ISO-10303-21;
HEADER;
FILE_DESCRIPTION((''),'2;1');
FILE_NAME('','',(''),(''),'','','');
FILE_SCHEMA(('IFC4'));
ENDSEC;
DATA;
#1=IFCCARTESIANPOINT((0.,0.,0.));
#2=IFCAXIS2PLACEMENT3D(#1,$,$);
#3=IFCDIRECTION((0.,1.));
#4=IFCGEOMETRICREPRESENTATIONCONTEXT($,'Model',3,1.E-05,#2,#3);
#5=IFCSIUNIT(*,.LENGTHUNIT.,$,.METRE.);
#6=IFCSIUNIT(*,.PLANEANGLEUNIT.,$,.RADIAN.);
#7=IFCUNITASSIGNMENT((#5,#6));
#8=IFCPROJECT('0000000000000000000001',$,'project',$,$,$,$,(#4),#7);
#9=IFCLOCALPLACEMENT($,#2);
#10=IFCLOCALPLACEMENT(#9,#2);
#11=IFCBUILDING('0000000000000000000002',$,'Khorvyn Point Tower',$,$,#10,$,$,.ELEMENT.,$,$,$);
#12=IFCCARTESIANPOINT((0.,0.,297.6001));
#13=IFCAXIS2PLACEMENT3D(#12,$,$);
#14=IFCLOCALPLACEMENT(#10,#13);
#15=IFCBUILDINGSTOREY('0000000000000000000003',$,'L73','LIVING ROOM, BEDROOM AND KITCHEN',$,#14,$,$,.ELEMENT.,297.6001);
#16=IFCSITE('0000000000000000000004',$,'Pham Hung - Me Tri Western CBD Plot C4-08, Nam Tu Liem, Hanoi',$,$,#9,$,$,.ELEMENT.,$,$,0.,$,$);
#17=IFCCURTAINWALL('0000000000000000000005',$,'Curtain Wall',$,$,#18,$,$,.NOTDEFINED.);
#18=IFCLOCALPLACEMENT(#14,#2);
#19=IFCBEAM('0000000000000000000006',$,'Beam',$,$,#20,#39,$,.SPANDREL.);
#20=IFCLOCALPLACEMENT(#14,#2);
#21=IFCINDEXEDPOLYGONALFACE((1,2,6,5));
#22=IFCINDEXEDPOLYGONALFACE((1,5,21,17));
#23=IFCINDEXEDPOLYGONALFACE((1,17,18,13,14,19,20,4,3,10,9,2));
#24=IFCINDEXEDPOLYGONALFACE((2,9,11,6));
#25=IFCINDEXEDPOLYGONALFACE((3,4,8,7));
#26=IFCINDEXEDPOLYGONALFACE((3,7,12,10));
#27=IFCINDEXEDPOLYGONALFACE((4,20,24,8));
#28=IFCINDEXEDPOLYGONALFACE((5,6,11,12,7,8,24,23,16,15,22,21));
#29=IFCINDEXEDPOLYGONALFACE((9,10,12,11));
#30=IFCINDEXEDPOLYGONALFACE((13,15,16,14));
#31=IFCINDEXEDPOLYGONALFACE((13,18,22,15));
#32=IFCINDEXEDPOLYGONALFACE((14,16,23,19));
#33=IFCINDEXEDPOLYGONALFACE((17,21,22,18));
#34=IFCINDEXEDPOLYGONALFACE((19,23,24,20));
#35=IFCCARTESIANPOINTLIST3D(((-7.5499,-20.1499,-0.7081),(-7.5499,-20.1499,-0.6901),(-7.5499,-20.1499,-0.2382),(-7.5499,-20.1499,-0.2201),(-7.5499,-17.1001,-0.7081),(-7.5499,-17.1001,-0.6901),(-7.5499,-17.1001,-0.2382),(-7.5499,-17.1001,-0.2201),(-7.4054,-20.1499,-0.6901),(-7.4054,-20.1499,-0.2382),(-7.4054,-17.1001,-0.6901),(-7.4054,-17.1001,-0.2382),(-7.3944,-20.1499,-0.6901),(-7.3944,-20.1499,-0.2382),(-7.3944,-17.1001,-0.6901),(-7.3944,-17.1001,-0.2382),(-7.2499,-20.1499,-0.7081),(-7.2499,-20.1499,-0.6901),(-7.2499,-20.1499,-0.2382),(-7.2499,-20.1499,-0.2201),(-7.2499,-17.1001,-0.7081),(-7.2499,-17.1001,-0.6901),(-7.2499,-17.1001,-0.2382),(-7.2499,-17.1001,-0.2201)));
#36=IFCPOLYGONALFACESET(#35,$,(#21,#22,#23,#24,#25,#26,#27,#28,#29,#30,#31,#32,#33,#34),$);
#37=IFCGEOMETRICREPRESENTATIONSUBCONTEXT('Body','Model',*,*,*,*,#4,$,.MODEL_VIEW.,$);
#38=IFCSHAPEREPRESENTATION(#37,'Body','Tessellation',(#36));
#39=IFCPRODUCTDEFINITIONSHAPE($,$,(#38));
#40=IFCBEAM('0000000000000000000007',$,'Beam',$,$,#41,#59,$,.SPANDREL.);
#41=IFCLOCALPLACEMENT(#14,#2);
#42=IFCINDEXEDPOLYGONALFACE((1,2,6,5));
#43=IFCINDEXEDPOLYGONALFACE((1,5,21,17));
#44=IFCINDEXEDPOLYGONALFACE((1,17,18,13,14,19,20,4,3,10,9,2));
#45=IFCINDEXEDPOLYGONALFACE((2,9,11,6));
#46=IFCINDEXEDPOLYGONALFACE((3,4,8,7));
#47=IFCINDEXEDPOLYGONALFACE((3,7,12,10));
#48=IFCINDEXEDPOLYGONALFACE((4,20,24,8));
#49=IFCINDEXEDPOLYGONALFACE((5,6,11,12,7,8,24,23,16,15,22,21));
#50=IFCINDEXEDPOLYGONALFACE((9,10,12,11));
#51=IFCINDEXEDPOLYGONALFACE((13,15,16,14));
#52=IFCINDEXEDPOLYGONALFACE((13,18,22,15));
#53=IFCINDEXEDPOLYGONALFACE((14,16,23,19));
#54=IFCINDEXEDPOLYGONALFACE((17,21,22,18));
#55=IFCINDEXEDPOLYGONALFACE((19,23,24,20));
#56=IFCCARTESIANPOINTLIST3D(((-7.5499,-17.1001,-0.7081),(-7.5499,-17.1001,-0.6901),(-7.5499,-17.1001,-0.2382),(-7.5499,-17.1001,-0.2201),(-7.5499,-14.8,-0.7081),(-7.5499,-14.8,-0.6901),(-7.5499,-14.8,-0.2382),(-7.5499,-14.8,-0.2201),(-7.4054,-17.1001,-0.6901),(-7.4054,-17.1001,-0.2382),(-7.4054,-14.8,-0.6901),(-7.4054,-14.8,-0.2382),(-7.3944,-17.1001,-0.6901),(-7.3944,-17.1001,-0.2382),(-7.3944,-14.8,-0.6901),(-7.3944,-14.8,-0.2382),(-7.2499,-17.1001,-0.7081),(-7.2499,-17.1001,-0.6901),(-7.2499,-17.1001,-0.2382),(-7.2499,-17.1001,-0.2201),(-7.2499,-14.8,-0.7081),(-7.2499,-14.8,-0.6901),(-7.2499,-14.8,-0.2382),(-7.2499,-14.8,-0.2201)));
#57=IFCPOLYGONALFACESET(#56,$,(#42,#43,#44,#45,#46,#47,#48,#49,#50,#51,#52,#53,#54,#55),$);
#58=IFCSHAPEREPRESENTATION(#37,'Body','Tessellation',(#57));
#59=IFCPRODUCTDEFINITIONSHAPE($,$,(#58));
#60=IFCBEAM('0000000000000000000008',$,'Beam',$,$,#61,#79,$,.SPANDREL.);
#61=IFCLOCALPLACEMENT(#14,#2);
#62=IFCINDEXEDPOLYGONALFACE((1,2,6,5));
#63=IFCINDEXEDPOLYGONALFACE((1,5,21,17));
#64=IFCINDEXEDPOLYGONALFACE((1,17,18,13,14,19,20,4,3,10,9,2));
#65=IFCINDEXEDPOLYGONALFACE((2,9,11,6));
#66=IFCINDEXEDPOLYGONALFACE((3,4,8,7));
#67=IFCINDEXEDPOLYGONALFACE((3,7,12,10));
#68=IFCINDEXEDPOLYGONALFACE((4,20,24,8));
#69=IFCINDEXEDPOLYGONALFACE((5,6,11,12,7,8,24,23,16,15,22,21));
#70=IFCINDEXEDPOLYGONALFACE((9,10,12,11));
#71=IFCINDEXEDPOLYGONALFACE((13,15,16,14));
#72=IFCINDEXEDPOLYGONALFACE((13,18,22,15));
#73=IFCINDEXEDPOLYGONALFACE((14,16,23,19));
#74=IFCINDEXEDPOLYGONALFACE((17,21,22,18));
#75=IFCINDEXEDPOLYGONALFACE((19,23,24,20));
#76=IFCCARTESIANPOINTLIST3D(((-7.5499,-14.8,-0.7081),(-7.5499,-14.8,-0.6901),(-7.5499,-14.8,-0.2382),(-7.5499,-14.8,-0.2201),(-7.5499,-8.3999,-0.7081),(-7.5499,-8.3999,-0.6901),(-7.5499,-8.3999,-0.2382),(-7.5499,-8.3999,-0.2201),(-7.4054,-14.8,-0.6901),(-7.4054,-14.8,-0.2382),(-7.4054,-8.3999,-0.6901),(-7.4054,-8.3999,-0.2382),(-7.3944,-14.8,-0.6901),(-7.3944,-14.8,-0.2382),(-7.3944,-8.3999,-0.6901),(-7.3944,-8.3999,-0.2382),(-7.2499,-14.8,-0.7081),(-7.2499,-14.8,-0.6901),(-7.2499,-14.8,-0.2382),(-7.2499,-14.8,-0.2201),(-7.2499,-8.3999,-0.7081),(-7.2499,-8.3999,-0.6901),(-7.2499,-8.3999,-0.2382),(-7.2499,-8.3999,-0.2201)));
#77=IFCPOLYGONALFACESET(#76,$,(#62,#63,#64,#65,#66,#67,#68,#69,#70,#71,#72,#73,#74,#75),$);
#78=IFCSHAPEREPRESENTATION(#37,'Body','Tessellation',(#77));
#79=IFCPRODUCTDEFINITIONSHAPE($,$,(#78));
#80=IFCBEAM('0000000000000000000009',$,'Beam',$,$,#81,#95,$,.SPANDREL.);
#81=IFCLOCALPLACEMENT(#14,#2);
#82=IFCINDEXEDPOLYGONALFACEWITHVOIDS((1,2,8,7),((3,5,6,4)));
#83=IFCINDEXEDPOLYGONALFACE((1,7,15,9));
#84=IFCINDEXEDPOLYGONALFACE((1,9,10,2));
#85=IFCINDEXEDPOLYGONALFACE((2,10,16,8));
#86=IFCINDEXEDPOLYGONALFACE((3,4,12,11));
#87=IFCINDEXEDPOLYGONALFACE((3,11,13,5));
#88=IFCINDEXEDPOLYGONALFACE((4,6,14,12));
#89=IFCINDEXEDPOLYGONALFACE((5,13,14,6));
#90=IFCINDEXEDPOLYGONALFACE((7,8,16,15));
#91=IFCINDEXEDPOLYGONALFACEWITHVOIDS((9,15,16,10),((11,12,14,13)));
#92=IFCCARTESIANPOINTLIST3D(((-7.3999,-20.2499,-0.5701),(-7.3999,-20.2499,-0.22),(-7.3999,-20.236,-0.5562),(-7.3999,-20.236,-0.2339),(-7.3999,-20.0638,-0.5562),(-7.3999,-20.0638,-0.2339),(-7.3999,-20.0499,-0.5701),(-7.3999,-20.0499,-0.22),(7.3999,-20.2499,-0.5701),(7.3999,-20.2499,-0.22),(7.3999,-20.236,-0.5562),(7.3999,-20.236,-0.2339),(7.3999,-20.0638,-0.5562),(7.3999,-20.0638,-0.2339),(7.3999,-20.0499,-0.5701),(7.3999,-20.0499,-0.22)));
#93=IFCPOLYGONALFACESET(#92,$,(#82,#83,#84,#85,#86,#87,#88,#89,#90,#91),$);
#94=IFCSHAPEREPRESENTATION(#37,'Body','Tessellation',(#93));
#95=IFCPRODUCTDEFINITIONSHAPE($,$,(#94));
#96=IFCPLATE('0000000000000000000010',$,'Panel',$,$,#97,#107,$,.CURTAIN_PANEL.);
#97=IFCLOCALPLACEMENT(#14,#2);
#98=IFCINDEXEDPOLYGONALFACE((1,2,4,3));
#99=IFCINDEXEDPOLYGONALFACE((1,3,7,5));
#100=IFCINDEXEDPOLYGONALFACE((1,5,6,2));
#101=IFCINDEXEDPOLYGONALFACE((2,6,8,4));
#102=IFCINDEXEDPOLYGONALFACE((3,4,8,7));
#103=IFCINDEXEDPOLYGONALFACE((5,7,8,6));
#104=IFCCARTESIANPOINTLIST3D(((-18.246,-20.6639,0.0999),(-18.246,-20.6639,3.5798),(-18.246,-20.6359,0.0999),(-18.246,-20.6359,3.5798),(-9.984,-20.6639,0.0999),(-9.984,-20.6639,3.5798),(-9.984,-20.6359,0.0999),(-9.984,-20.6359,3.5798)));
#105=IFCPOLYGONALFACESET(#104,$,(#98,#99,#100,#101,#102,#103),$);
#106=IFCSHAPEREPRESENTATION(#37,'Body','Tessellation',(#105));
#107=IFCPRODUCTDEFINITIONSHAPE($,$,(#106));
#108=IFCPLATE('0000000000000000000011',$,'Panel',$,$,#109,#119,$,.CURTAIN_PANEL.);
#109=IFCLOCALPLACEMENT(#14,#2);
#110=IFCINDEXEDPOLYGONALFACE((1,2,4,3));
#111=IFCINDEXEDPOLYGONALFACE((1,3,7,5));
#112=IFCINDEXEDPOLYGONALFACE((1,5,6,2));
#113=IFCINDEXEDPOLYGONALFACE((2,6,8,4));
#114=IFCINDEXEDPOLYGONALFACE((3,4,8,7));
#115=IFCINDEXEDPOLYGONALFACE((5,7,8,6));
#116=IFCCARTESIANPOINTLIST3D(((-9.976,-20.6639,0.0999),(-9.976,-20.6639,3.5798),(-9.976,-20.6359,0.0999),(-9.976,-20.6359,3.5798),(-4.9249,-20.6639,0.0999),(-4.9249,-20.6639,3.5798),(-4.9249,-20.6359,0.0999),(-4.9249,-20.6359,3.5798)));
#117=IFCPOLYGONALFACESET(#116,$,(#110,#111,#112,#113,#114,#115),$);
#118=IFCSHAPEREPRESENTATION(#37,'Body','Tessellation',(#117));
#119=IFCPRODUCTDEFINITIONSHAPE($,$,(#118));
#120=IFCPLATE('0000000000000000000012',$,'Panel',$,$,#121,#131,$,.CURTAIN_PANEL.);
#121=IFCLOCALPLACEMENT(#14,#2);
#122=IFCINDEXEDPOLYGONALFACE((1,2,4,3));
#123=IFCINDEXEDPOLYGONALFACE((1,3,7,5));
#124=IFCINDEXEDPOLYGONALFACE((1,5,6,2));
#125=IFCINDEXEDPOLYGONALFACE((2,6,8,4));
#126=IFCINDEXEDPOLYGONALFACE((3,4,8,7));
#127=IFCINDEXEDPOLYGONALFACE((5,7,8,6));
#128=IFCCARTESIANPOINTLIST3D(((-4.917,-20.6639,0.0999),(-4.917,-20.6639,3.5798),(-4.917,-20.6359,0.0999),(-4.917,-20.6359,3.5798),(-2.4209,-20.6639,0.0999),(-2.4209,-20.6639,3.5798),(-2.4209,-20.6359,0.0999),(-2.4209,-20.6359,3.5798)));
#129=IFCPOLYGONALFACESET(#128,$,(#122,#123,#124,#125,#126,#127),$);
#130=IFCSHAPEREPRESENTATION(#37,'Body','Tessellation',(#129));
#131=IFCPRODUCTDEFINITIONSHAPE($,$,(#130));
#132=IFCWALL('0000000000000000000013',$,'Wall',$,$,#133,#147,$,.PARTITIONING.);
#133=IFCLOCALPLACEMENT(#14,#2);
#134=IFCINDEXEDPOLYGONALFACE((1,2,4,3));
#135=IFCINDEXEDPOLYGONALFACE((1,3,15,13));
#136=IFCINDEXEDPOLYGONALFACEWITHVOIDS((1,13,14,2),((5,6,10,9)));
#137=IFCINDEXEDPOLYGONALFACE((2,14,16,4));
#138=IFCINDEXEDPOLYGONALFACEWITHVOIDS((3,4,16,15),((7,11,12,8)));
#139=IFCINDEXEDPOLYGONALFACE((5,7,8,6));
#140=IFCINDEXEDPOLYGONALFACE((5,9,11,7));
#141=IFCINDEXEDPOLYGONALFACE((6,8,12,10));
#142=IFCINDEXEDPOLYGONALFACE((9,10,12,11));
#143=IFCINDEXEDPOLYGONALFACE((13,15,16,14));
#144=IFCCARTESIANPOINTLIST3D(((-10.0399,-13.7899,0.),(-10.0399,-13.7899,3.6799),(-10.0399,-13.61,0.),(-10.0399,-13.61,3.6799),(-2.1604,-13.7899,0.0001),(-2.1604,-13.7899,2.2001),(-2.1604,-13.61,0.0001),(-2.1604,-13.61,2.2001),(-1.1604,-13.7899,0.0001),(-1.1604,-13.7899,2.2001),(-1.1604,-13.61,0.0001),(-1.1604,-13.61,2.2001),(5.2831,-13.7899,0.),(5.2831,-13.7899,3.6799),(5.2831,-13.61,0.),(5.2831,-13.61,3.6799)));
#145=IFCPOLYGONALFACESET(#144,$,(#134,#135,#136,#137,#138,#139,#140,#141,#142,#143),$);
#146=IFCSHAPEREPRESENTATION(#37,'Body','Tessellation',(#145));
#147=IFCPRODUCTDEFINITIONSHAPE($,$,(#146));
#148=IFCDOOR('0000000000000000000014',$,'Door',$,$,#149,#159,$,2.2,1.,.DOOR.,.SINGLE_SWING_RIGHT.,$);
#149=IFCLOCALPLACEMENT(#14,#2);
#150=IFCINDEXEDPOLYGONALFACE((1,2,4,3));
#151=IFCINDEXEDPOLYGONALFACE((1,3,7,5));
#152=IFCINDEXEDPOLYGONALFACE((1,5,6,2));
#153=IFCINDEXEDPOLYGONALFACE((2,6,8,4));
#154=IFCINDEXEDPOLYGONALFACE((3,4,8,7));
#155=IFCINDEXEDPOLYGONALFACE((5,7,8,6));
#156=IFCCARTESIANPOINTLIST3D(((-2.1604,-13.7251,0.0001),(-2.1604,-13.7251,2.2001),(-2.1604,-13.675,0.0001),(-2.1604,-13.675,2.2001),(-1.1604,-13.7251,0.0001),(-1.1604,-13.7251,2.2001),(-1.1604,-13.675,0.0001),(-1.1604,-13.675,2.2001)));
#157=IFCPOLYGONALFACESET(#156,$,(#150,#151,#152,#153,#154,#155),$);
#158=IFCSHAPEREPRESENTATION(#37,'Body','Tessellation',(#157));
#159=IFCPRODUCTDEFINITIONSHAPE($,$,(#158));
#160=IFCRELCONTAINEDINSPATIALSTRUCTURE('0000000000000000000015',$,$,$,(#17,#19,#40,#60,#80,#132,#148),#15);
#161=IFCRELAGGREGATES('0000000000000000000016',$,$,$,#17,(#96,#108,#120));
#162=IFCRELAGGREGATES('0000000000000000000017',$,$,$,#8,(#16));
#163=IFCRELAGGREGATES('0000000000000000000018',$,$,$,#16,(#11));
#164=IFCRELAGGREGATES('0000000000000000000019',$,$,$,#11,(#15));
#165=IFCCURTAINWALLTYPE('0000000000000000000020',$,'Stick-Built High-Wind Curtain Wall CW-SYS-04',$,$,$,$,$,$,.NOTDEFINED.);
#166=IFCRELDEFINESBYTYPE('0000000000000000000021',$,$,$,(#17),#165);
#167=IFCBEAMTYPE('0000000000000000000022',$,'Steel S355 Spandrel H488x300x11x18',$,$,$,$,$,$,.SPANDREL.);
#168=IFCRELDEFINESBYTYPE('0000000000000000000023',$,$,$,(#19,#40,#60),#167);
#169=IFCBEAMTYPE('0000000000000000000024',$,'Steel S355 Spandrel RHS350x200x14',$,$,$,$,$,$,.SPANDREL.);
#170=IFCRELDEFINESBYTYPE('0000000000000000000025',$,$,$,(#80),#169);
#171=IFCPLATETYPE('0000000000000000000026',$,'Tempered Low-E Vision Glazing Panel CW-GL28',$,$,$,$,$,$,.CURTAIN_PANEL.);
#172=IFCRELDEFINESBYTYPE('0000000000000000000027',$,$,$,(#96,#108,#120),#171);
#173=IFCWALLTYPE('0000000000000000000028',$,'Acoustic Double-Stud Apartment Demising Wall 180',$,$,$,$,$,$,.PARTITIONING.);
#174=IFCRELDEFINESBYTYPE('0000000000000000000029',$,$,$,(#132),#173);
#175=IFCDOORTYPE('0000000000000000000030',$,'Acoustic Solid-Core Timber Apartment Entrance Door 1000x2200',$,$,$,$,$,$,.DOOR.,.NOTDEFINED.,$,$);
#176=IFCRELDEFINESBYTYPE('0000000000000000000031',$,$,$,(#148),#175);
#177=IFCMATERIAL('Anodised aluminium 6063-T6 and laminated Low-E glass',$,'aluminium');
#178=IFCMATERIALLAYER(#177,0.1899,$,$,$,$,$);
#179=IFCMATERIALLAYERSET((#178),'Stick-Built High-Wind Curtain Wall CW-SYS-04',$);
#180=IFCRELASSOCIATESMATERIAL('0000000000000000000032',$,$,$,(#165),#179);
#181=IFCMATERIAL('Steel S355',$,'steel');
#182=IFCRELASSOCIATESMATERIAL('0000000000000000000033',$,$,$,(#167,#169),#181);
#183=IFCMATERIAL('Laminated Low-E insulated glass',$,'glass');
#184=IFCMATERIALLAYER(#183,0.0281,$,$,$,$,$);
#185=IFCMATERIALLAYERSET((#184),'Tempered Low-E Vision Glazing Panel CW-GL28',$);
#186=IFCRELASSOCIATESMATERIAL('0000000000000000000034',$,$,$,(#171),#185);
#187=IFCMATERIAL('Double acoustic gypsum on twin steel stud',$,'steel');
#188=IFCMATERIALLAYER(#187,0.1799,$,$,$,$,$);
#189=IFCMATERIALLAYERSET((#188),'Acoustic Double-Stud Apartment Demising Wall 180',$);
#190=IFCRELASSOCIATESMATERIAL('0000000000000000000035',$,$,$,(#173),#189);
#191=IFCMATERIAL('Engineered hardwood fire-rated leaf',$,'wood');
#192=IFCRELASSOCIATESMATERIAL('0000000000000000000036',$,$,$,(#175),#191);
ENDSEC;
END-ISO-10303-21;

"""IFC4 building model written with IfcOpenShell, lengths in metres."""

from ifc_helpers import new_model, si_unit, direction, frame, frame_2d, origin, origin_2d, place, context, subcontext, project, spatial, rectangle, hollow_rectangle, i_section, extrude, material, layer, layer_set, material_profile, profile_set, type_object, element, fill, aggregate, save


model = new_model("IFC4")

# Units and contexts
model_context = context("Model", 3, precision=1e-05, world=origin(), true_north=direction((0.0, 1.0)))
body_context = subcontext(model_context, "Body", "Model", "MODEL_VIEW")
ifc_project = project(units=[si_unit("LENGTHUNIT", "METRE"), si_unit("PLANEANGLEUNIT", "RADIAN")], contexts=[model_context])

# Site, building, storey
site_placement = place(None, origin())
site = spatial("IfcSite", under=ifc_project, at=site_placement, Name="Pham Hung - Me Tri Western CBD Plot C4-08, Nam Tu Liem, Hanoi", CompositionType="ELEMENT", RefElevation=0.0)
building_placement = place(site_placement, origin())
building = spatial("IfcBuilding", under=site, at=building_placement, Name="Khorvyn Point Tower", CompositionType="ELEMENT")
storey_placement = place(building_placement, frame((0.0, 0.0, 297.6001)))
storey = spatial("IfcBuildingStorey", under=building, at=storey_placement, Name="L73", Description="LIVING ROOM, BEDROOM AND KITCHEN", CompositionType="ELEMENT", Elevation=297.6001)

# Shared definitions
ifc_material_1 = material(Name="Steel S355", Category="steel")

# Curtain wall
ifc_material_2 = material(Name="Anodised aluminium 6063-T6 and laminated Low-E glass", Category="aluminium")
ifc_layer_1 = layer(ifc_material_2, 0.1899)
ifc_layer_set_1 = layer_set([ifc_layer_1], Name="Stick-Built High-Wind Curtain Wall CW-SYS-04")
curtain_wall_type = type_object("IfcCurtainWallType", Name="Stick-Built High-Wind Curtain Wall CW-SYS-04", PredefinedType="NOTDEFINED", material=ifc_layer_set_1)
curtain_wall_placement = place(storey_placement, origin())
curtain_wall = element("IfcCurtainWall", 1, at=curtain_wall_placement, inside=storey, type_object=curtain_wall_type, Name="Curtain Wall", PredefinedType="NOTDEFINED")

# Beams
ifc_material_profile_1 = material_profile(ifc_material_1, i_section(OverallWidth=0.3, OverallDepth=0.488, WebThickness=0.011, FlangeThickness=0.0181, at=origin_2d()))
ifc_profile_set_1 = profile_set([ifc_material_profile_1], Name="Steel S355 H488x300x11x18")
beam_type_1 = type_object("IfcBeamType", Name="Steel S355 Spandrel H488x300x11x18", PredefinedType="SPANDREL", material=ifc_profile_set_1)
beam_1_placement = place(storey_placement, frame((-7.3999, -20.1499, -0.4641), z_axis=(0.0, 1.0, 0.0), x_axis=(-1.0, 0.0, 0.0)))
element("IfcBeam", 2, at=beam_1_placement, inside=storey, type_object=beam_type_1, Name="Beam", PredefinedType="SPANDREL", context=body_context, shape_type="SweptSolid", body=[
    extrude(i_section(OverallWidth=0.3, OverallDepth=0.488, WebThickness=0.011, FlangeThickness=0.0181, at=origin_2d()), origin(), (0.0, 0.0, 1.0), 3.0498),
])
beam_2_placement = place(storey_placement, frame((-7.3999, -17.1001, -0.4641), z_axis=(0.0, 1.0, 0.0), x_axis=(-1.0, 0.0, 0.0)))
element("IfcBeam", 3, at=beam_2_placement, inside=storey, type_object=beam_type_1, Name="Beam", PredefinedType="SPANDREL", context=body_context, shape_type="SweptSolid", body=[
    extrude(i_section(OverallWidth=0.3, OverallDepth=0.488, WebThickness=0.011, FlangeThickness=0.0181, at=origin_2d()), origin(), (0.0, 0.0, 1.0), 2.3),
])
beam_3_placement = place(storey_placement, frame((-7.3999, -14.8, -0.4641), z_axis=(0.0, 1.0, 0.0), x_axis=(-1.0, 0.0, 0.0)))
element("IfcBeam", 4, at=beam_3_placement, inside=storey, type_object=beam_type_1, Name="Beam", PredefinedType="SPANDREL", context=body_context, shape_type="SweptSolid", body=[
    extrude(i_section(OverallWidth=0.3, OverallDepth=0.488, WebThickness=0.011, FlangeThickness=0.0181, at=origin_2d()), origin(), (0.0, 0.0, 1.0), 6.4001),
])
ifc_material_profile_2 = material_profile(ifc_material_1, hollow_rectangle(XDim=0.2, YDim=0.3501, WallThickness=0.0139, at=origin_2d()))
ifc_profile_set_2 = profile_set([ifc_material_profile_2], Name="Steel S355 RHS350x200x14")
beam_type_2 = type_object("IfcBeamType", Name="Steel S355 Spandrel RHS350x200x14", PredefinedType="SPANDREL", material=ifc_profile_set_2)
beam_4_placement = place(storey_placement, frame((-7.3999, -20.1499, -0.395), z_axis=(1.0, 0.0, 0.0), x_axis=(0.0, 1.0, 0.0)))
element("IfcBeam", 5, at=beam_4_placement, inside=storey, type_object=beam_type_2, Name="Beam", PredefinedType="SPANDREL", context=body_context, shape_type="SweptSolid", body=[
    extrude(hollow_rectangle(XDim=0.2, YDim=0.3501, WallThickness=0.0139, at=origin_2d()), origin(), (0.0, 0.0, 1.0), 14.7998),
])

# Plates
ifc_material_3 = material(Name="Laminated Low-E insulated glass", Category="glass")
ifc_layer_2 = layer(ifc_material_3, 0.0281)
ifc_layer_set_2 = layer_set([ifc_layer_2], Name="Tempered Low-E Vision Glazing Panel CW-GL28")
plate_type = type_object("IfcPlateType", Name="Tempered Low-E Vision Glazing Panel CW-GL28", PredefinedType="CURTAIN_PANEL", material=ifc_layer_set_2)
plate_1_placement = place(storey_placement, frame((-14.115, -20.6499, 0.0999), z_axis=(0.0, 0.0, 1.0), x_axis=(-1.0, 0.0, 0.0)))
plate_1 = element("IfcPlate", 6, at=plate_1_placement, type_object=plate_type, Name="Panel", PredefinedType="CURTAIN_PANEL", context=body_context, shape_type="SweptSolid", body=[
    extrude(rectangle(XDim=8.262, YDim=0.0281, at=origin_2d()), origin(), (0.0, 0.0, 1.0), 3.48),
])
plate_2_placement = place(storey_placement, frame((-7.4504, -20.6499, 0.0999), z_axis=(0.0, 0.0, 1.0), x_axis=(-1.0, 0.0, 0.0)))
plate_2 = element("IfcPlate", 7, at=plate_2_placement, type_object=plate_type, Name="Panel", PredefinedType="CURTAIN_PANEL", context=body_context, shape_type="SweptSolid", body=[
    extrude(rectangle(XDim=5.051, YDim=0.0281, at=origin_2d()), origin(), (0.0, 0.0, 1.0), 3.48),
])
plate_3_placement = place(storey_placement, frame((-3.6689, -20.6499, 0.0999), z_axis=(0.0, 0.0, 1.0), x_axis=(-1.0, 0.0, 0.0)))
plate_3 = element("IfcPlate", 8, at=plate_3_placement, type_object=plate_type, Name="Panel", PredefinedType="CURTAIN_PANEL", context=body_context, shape_type="SweptSolid", body=[
    extrude(rectangle(XDim=2.4961, YDim=0.0281, at=origin_2d()), origin(), (0.0, 0.0, 1.0), 3.48),
])
aggregate(curtain_wall, [plate_1, plate_2, plate_3])

# Wall, opening, door
ifc_material_4 = material(Name="Double acoustic gypsum on twin steel stud", Category="steel")
ifc_layer_3 = layer(ifc_material_4, 0.1799)
ifc_layer_set_3 = layer_set([ifc_layer_3], Name="Acoustic Double-Stud Apartment Demising Wall 180")
wall_type_1 = type_object("IfcWallType", Name="Acoustic Double-Stud Apartment Demising Wall 180", PredefinedType="PARTITIONING", material=ifc_layer_set_3)
wall_1_placement = place(storey_placement, frame((-10.04, -13.7, 0.0), z_axis=(0.0, 0.0, 1.0), x_axis=(1.0, 0.0, 0.0)))
wall_1 = element("IfcWall", 9, at=wall_1_placement, inside=storey, type_object=wall_type_1, Name="Wall", PredefinedType="PARTITIONING", context=body_context, shape_type="SweptSolid", body=[
    extrude(rectangle(XDim=15.323, YDim=0.1799, at=frame_2d((7.6616, 0.0))), origin(), (0.0, 0.0, 1.0), 3.6799),
])
opening_1_placement = place(wall_1_placement, frame((7.8796, 0.0, 0.0)))
opening_1 = element("IfcOpeningElement", 10, at=opening_1_placement, cuts=wall_1, PredefinedType="OPENING", context=body_context, shape_type="SweptSolid", body=[
    extrude(rectangle(XDim=1.0, YDim=2.2, at=frame_2d((0.5, 1.1001))), frame((0.0, 0.0999, 0.0), z_axis=(0.0, -1.0, 0.0), x_axis=(1.0, 0.0, 0.0)), (0.0, 0.0, 1.0), 0.2),
])
ifc_material_5 = material(Name="Engineered hardwood fire-rated leaf", Category="wood")
door_type_1 = type_object("IfcDoorType", Name="Acoustic Solid-Core Timber Apartment Entrance Door 1000x2200", OperationType="NOTDEFINED", PredefinedType="DOOR", material=ifc_material_5)
door_1_placement = place(opening_1_placement, origin())
door_1 = element("IfcDoor", 11, at=door_1_placement, inside=storey, type_object=door_type_1, Name="Door", OperationType="SINGLE_SWING_RIGHT", OverallHeight=2.2, OverallWidth=1.0, PredefinedType="DOOR", context=body_context, shape_type="SweptSolid", body=[
    extrude(rectangle(XDim=1.0, YDim=2.2, at=frame_2d((0.5, 1.1001))), frame((0.0, 0.0249, 0.0), z_axis=(0.0, -1.0, 0.0), x_axis=(1.0, 0.0, 0.0)), (0.0, 0.0, 1.0), 0.05),
])
fill(opening_1, door_1)

save(model, "model.ifc")
